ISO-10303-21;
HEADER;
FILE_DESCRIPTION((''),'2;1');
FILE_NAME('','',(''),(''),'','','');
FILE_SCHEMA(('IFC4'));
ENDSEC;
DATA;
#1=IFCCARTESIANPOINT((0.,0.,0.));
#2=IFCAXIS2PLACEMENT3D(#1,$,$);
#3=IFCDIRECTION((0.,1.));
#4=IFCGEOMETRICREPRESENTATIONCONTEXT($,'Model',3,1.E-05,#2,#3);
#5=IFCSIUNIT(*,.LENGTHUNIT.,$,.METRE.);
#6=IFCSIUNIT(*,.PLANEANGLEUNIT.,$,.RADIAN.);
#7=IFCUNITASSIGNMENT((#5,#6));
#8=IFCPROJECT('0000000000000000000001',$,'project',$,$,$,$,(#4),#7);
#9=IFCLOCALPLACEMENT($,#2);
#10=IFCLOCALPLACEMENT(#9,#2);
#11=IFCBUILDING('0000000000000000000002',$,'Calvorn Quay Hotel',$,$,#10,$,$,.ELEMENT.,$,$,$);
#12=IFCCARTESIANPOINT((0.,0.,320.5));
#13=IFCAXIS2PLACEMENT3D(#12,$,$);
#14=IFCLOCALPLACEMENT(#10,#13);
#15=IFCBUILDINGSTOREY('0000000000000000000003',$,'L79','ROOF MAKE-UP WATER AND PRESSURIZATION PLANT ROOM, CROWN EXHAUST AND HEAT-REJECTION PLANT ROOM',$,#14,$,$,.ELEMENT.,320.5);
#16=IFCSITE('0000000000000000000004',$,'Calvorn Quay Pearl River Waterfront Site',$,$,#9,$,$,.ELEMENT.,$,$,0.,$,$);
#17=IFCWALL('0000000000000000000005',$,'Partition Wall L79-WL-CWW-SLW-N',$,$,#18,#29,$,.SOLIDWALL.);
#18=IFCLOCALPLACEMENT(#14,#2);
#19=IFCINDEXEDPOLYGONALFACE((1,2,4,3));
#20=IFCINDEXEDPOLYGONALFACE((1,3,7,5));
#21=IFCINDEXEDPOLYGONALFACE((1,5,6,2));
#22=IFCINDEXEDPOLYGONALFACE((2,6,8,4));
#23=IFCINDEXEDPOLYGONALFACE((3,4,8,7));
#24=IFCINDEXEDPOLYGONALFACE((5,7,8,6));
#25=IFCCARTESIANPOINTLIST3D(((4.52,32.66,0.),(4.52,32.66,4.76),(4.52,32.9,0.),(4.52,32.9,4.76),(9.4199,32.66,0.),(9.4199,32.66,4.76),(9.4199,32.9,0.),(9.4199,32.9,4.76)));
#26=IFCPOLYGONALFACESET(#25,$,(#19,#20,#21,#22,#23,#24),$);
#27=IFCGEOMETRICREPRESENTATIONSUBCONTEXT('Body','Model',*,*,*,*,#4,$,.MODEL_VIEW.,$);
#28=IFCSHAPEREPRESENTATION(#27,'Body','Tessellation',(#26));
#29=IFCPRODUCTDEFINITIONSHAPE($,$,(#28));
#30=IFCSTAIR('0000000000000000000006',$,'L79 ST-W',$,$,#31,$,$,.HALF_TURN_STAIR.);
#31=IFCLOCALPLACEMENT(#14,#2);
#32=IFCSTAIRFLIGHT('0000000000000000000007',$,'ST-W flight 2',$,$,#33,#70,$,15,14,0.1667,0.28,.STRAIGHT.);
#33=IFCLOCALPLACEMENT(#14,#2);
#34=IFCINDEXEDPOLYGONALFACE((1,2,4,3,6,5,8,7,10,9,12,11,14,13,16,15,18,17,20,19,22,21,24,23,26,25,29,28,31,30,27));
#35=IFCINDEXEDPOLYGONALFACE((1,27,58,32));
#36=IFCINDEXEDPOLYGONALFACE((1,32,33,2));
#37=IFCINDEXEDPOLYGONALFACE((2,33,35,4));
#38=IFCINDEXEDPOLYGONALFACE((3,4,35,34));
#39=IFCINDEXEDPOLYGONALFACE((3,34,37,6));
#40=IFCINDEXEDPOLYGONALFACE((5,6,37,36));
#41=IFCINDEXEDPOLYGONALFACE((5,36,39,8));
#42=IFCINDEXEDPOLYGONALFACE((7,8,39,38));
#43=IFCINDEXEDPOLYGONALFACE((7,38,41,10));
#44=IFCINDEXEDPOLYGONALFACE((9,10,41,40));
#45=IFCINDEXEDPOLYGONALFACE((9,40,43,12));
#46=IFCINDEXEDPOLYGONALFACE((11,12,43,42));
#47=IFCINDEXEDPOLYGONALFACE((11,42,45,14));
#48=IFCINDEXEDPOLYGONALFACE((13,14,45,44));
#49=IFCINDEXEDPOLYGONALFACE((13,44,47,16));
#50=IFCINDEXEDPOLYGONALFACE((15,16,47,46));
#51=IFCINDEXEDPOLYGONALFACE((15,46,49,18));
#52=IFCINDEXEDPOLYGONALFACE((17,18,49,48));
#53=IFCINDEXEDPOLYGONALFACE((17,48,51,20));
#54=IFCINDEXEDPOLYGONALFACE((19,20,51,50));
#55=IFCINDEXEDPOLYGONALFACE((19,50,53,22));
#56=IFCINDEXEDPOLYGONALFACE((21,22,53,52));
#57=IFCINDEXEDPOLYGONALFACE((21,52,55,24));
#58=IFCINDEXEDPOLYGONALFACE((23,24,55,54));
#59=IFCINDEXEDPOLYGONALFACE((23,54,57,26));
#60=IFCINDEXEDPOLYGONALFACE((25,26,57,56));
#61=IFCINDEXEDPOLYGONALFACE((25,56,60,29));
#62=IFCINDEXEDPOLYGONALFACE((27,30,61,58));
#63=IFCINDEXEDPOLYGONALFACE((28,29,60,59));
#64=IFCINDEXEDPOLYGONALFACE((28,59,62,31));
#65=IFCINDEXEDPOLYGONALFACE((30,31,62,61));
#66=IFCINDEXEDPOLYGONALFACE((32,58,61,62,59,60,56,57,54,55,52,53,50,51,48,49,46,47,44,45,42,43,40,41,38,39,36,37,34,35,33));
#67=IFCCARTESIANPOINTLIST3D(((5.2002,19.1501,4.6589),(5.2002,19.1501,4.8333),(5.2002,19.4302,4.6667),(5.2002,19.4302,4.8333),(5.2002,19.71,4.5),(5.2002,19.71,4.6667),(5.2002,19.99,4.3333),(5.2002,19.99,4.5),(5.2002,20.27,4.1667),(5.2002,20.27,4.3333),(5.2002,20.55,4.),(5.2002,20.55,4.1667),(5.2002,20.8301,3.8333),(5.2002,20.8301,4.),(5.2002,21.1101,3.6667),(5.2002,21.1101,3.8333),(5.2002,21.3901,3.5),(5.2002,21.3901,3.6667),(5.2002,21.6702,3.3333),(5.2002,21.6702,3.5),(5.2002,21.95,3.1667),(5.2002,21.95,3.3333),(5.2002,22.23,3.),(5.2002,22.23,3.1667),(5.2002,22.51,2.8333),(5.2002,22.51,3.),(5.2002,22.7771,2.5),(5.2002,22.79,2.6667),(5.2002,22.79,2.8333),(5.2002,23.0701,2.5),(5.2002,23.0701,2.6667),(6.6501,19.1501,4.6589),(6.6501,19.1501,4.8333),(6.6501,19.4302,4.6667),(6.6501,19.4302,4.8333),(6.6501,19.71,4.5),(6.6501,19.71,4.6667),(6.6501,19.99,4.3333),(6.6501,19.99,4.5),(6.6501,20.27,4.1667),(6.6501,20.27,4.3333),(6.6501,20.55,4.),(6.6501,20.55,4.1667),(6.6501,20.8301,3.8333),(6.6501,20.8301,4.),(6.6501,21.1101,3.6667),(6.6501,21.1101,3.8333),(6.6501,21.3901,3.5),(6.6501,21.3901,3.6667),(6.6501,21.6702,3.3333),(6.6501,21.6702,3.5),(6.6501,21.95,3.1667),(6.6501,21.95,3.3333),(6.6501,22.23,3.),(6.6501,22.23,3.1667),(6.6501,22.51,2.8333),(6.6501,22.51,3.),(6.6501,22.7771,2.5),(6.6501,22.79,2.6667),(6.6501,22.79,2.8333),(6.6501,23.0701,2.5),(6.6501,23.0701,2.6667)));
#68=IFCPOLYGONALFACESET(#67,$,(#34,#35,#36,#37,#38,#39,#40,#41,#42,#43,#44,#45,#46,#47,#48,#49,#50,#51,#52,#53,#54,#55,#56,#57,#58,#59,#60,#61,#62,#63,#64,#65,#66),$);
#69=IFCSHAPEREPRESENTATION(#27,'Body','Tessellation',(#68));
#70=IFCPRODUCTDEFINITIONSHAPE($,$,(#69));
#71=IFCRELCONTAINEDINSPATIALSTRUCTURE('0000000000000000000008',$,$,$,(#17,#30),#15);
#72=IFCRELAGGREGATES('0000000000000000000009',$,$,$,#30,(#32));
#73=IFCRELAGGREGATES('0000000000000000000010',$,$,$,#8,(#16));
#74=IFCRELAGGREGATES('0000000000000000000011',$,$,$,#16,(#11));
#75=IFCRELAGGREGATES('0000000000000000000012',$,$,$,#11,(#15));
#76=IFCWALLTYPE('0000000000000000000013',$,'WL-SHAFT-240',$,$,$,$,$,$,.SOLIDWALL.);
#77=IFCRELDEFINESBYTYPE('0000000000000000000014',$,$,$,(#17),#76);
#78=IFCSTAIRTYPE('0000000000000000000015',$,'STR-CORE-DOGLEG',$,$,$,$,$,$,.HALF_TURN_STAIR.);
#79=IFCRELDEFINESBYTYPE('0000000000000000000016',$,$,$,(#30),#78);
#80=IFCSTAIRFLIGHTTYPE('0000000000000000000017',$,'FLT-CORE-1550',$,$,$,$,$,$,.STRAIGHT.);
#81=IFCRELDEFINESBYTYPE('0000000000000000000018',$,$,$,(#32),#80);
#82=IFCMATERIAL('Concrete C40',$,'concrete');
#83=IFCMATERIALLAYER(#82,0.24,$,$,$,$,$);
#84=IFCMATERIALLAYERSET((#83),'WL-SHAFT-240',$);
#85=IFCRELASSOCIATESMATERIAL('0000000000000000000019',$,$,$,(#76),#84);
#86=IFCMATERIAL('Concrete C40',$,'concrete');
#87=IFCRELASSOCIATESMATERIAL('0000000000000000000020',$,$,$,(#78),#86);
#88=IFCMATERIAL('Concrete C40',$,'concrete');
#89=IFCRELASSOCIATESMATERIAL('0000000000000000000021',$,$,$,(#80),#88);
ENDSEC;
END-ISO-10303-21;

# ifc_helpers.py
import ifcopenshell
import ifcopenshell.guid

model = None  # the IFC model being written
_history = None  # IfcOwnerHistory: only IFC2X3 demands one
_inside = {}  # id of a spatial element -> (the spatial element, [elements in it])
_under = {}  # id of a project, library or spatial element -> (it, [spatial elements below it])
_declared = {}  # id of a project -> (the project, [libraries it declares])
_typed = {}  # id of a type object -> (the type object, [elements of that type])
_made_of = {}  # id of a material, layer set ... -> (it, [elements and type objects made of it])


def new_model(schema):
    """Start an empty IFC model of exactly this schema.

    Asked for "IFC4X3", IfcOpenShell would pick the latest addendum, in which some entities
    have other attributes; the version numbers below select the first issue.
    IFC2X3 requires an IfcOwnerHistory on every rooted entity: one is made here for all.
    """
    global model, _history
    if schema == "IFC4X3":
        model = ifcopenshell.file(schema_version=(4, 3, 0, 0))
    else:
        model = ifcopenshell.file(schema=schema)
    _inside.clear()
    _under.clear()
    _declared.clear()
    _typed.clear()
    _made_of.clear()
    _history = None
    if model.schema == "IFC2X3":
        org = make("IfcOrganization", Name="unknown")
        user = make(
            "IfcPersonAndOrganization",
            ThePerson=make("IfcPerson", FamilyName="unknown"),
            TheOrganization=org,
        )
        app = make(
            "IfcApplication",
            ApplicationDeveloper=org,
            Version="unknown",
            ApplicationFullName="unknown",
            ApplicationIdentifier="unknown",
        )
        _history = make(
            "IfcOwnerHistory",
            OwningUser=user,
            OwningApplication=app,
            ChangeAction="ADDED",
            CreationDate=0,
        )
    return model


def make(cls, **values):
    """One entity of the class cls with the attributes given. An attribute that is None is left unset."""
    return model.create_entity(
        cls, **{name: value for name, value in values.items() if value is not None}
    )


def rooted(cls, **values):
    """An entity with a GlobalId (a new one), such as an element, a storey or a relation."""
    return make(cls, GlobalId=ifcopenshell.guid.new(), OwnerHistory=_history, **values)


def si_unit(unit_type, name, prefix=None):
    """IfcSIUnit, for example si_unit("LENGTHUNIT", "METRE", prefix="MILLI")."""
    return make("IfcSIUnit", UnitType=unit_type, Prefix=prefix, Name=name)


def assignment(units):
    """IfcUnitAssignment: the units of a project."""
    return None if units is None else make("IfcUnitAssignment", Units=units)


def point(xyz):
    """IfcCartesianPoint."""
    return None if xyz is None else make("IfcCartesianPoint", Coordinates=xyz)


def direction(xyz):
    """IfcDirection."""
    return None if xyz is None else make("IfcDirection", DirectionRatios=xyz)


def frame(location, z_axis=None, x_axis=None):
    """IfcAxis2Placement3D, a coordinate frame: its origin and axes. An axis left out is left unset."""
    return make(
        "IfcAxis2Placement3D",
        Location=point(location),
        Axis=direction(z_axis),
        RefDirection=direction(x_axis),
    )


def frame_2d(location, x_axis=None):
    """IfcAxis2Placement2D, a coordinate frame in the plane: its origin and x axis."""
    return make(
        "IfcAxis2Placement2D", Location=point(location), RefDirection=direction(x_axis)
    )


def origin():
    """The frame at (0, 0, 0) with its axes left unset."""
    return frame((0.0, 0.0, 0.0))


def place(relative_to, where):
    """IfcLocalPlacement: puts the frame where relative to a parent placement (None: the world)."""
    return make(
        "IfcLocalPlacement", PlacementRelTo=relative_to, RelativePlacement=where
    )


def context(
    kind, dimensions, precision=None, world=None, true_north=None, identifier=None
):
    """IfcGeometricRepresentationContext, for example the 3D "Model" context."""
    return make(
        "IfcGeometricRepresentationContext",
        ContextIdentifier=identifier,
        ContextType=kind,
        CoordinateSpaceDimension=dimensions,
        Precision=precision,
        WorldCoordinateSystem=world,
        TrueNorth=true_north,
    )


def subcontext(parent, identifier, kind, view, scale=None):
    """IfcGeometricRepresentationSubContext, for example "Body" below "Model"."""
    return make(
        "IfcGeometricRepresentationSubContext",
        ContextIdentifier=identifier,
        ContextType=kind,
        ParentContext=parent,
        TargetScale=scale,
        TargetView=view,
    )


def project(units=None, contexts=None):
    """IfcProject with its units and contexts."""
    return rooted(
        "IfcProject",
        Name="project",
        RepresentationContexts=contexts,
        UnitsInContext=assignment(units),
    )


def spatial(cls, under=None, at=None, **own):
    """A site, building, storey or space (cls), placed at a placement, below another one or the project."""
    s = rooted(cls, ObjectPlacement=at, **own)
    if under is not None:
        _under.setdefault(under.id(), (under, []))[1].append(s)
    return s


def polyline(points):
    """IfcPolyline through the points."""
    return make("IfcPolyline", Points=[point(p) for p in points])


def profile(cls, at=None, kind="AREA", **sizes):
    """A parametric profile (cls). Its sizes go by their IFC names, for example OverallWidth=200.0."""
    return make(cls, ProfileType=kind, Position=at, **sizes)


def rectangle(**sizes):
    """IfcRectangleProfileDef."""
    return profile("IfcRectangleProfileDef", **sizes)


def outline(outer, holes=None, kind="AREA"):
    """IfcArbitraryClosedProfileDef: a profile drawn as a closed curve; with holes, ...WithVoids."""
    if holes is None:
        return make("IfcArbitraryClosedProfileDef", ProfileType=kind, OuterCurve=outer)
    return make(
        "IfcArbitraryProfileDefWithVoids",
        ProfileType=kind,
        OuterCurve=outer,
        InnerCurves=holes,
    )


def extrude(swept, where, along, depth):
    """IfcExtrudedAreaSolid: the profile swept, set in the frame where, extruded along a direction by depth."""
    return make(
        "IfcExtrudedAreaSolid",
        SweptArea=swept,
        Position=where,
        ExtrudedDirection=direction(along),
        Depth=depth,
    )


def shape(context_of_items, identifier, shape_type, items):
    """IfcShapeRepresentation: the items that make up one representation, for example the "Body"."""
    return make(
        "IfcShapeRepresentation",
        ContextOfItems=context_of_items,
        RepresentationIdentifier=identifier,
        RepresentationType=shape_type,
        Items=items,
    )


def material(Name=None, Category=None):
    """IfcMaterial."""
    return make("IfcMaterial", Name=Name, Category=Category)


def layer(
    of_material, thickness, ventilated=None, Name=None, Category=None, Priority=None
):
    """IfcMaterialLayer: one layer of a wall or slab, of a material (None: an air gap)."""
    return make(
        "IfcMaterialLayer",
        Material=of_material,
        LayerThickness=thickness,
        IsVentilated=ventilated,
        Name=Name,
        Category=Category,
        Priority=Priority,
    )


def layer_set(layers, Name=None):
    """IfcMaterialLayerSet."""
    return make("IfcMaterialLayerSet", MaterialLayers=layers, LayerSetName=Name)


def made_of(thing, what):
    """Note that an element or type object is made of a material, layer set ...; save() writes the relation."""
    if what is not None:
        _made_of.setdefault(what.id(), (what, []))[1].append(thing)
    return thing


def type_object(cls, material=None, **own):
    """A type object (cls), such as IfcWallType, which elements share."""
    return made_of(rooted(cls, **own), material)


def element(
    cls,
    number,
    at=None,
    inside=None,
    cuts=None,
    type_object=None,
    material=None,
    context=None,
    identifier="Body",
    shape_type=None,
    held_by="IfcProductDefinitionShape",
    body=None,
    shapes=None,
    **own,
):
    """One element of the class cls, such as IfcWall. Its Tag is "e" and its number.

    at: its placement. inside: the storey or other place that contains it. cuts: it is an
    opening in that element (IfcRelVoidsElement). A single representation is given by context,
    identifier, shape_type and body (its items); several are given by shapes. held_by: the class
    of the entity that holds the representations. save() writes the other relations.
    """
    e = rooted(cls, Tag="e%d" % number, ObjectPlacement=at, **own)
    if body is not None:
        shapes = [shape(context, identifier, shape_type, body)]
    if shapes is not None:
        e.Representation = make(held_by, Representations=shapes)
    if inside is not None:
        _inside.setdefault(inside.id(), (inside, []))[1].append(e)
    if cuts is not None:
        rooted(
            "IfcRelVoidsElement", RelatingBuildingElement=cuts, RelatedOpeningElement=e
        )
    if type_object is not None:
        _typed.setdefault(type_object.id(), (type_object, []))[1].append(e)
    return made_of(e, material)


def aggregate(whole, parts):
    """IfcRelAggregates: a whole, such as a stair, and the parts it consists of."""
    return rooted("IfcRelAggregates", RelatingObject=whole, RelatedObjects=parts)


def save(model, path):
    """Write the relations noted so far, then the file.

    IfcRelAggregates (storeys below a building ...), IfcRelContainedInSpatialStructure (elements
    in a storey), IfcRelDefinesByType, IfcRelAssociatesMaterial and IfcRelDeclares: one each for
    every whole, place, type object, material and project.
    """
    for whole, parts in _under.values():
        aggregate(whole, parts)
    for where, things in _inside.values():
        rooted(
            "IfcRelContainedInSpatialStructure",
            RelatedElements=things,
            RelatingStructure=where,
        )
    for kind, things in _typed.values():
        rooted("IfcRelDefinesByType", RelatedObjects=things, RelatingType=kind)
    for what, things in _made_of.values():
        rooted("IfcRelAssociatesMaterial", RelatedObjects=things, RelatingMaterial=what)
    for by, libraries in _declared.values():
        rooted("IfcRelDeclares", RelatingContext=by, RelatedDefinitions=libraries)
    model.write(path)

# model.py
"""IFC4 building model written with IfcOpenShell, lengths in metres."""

from ifc_helpers import new_model, si_unit, direction, frame, frame_2d, origin, place, context, subcontext, project, spatial, polyline, rectangle, outline, extrude, material, layer, layer_set, type_object, element, aggregate, save


model = new_model("IFC4")

# Units and contexts
model_context = context("Model", 3, precision=1e-05, world=origin(), true_north=direction((0.0, 1.0)))
body_context = subcontext(model_context, "Body", "Model", "MODEL_VIEW")
ifc_project = project(units=[si_unit("LENGTHUNIT", "METRE"), si_unit("PLANEANGLEUNIT", "RADIAN")], contexts=[model_context])

# Site, building, storey
site_placement = place(None, origin())
site = spatial("IfcSite", under=ifc_project, at=site_placement, Name="Calvorn Quay Pearl River Waterfront Site", CompositionType="ELEMENT", RefElevation=0.0)
building_placement = place(site_placement, origin())
building = spatial("IfcBuilding", under=site, at=building_placement, Name="Calvorn Quay Hotel", CompositionType="ELEMENT")
storey_placement = place(building_placement, frame((0.0, 0.0, 320.5)))
storey = spatial("IfcBuildingStorey", under=building, at=storey_placement, Name="L79", Description="ROOF MAKE-UP WATER AND PRESSURIZATION PLANT ROOM, CROWN EXHAUST AND HEAT-REJECTION PLANT ROOM", CompositionType="ELEMENT", Elevation=320.5)

# Shared definitions
ifc_material_1 = material(Name="Concrete C40", Category="concrete")
ifc_layer_1 = layer(ifc_material_1, 0.24)
ifc_layer_set_1 = layer_set([ifc_layer_1], Name="WL-SHAFT-240")
wall_type = type_object("IfcWallType", Name="WL-SHAFT-240", PredefinedType="SOLIDWALL", material=ifc_layer_set_1)

# Wall
wall_1_placement = place(storey_placement, frame((4.52, 32.78, 0.0), z_axis=(0.0, 0.0, 1.0), x_axis=(1.0, 0.0, 0.0)))
element("IfcWall", 1, at=wall_1_placement, inside=storey, type_object=wall_type, Name="Partition Wall L79-WL-CWW-SLW-N", PredefinedType="SOLIDWALL", context=body_context, shape_type="SweptSolid", body=[
    extrude(rectangle(XDim=4.8999, YDim=0.24, at=frame_2d((2.45, 0.0))), origin(), (0.0, 0.0, 1.0), 4.76),
])

# Stair, stair flight
ifc_material_2 = material(Name="Concrete C40", Category="concrete")
stair_type = type_object("IfcStairType", Name="STR-CORE-DOGLEG", PredefinedType="HALF_TURN_STAIR", material=ifc_material_2)
stair_placement = place(storey_placement, origin())
stair = element("IfcStair", 2, at=stair_placement, inside=storey, type_object=stair_type, Name="L79 ST-W", PredefinedType="HALF_TURN_STAIR")
ifc_material_3 = material(Name="Concrete C40", Category="concrete")
stair_flight_type = type_object("IfcStairFlightType", Name="FLT-CORE-1550", PredefinedType="STRAIGHT", material=ifc_material_3)
stair_flight_placement = place(storey_placement, frame((5.925, 23.0701, 2.5), z_axis=(0.0, 0.0, 1.0), x_axis=(0.0, -1.0, 0.0)))
stair_flight = element("IfcStairFlight", 3, at=stair_flight_placement, type_object=stair_flight_type, Name="ST-W flight 2", NumberOfRisers=15, NumberOfTreads=14, PredefinedType="STRAIGHT", RiserHeight=0.1667, TreadLength=0.28, context=body_context, shape_type="SweptSolid", body=[
    extrude(outline(polyline([(0.0, 0.0), (0.0, 0.1667), (0.28, 0.1667), (0.28, 0.3333), (0.5601, 0.3333), (0.5601, 0.5), (0.8401, 0.5), (0.8401, 0.6667), (1.1201, 0.6667), (1.1201, 0.8333), (1.3999, 0.8333), (1.3999, 1.0), (1.6799, 1.0), (1.6799, 1.1667), (1.96, 1.1667), (1.96, 1.3333), (2.24, 1.3333), (2.24, 1.5), (2.52, 1.5), (2.52, 1.6667), (2.8, 1.6667), (2.8, 1.8333), (3.0801, 1.8333), (3.0801, 2.0), (3.3601, 2.0), (3.3601, 2.1667), (3.6399, 2.1667), (3.6399, 2.3333), (3.9199, 2.3333), (3.9199, 2.5), (3.9199, 2.1589), (0.293, 0.0), (0.0, 0.0)])), frame((0.0, 0.7251, 0.0), z_axis=(0.0, -1.0, 0.0), x_axis=(1.0, 0.0, 0.0)), (0.0, 0.0, 1.0), 1.45),
])
aggregate(stair, [stair_flight])

save(model, "model.ifc")
